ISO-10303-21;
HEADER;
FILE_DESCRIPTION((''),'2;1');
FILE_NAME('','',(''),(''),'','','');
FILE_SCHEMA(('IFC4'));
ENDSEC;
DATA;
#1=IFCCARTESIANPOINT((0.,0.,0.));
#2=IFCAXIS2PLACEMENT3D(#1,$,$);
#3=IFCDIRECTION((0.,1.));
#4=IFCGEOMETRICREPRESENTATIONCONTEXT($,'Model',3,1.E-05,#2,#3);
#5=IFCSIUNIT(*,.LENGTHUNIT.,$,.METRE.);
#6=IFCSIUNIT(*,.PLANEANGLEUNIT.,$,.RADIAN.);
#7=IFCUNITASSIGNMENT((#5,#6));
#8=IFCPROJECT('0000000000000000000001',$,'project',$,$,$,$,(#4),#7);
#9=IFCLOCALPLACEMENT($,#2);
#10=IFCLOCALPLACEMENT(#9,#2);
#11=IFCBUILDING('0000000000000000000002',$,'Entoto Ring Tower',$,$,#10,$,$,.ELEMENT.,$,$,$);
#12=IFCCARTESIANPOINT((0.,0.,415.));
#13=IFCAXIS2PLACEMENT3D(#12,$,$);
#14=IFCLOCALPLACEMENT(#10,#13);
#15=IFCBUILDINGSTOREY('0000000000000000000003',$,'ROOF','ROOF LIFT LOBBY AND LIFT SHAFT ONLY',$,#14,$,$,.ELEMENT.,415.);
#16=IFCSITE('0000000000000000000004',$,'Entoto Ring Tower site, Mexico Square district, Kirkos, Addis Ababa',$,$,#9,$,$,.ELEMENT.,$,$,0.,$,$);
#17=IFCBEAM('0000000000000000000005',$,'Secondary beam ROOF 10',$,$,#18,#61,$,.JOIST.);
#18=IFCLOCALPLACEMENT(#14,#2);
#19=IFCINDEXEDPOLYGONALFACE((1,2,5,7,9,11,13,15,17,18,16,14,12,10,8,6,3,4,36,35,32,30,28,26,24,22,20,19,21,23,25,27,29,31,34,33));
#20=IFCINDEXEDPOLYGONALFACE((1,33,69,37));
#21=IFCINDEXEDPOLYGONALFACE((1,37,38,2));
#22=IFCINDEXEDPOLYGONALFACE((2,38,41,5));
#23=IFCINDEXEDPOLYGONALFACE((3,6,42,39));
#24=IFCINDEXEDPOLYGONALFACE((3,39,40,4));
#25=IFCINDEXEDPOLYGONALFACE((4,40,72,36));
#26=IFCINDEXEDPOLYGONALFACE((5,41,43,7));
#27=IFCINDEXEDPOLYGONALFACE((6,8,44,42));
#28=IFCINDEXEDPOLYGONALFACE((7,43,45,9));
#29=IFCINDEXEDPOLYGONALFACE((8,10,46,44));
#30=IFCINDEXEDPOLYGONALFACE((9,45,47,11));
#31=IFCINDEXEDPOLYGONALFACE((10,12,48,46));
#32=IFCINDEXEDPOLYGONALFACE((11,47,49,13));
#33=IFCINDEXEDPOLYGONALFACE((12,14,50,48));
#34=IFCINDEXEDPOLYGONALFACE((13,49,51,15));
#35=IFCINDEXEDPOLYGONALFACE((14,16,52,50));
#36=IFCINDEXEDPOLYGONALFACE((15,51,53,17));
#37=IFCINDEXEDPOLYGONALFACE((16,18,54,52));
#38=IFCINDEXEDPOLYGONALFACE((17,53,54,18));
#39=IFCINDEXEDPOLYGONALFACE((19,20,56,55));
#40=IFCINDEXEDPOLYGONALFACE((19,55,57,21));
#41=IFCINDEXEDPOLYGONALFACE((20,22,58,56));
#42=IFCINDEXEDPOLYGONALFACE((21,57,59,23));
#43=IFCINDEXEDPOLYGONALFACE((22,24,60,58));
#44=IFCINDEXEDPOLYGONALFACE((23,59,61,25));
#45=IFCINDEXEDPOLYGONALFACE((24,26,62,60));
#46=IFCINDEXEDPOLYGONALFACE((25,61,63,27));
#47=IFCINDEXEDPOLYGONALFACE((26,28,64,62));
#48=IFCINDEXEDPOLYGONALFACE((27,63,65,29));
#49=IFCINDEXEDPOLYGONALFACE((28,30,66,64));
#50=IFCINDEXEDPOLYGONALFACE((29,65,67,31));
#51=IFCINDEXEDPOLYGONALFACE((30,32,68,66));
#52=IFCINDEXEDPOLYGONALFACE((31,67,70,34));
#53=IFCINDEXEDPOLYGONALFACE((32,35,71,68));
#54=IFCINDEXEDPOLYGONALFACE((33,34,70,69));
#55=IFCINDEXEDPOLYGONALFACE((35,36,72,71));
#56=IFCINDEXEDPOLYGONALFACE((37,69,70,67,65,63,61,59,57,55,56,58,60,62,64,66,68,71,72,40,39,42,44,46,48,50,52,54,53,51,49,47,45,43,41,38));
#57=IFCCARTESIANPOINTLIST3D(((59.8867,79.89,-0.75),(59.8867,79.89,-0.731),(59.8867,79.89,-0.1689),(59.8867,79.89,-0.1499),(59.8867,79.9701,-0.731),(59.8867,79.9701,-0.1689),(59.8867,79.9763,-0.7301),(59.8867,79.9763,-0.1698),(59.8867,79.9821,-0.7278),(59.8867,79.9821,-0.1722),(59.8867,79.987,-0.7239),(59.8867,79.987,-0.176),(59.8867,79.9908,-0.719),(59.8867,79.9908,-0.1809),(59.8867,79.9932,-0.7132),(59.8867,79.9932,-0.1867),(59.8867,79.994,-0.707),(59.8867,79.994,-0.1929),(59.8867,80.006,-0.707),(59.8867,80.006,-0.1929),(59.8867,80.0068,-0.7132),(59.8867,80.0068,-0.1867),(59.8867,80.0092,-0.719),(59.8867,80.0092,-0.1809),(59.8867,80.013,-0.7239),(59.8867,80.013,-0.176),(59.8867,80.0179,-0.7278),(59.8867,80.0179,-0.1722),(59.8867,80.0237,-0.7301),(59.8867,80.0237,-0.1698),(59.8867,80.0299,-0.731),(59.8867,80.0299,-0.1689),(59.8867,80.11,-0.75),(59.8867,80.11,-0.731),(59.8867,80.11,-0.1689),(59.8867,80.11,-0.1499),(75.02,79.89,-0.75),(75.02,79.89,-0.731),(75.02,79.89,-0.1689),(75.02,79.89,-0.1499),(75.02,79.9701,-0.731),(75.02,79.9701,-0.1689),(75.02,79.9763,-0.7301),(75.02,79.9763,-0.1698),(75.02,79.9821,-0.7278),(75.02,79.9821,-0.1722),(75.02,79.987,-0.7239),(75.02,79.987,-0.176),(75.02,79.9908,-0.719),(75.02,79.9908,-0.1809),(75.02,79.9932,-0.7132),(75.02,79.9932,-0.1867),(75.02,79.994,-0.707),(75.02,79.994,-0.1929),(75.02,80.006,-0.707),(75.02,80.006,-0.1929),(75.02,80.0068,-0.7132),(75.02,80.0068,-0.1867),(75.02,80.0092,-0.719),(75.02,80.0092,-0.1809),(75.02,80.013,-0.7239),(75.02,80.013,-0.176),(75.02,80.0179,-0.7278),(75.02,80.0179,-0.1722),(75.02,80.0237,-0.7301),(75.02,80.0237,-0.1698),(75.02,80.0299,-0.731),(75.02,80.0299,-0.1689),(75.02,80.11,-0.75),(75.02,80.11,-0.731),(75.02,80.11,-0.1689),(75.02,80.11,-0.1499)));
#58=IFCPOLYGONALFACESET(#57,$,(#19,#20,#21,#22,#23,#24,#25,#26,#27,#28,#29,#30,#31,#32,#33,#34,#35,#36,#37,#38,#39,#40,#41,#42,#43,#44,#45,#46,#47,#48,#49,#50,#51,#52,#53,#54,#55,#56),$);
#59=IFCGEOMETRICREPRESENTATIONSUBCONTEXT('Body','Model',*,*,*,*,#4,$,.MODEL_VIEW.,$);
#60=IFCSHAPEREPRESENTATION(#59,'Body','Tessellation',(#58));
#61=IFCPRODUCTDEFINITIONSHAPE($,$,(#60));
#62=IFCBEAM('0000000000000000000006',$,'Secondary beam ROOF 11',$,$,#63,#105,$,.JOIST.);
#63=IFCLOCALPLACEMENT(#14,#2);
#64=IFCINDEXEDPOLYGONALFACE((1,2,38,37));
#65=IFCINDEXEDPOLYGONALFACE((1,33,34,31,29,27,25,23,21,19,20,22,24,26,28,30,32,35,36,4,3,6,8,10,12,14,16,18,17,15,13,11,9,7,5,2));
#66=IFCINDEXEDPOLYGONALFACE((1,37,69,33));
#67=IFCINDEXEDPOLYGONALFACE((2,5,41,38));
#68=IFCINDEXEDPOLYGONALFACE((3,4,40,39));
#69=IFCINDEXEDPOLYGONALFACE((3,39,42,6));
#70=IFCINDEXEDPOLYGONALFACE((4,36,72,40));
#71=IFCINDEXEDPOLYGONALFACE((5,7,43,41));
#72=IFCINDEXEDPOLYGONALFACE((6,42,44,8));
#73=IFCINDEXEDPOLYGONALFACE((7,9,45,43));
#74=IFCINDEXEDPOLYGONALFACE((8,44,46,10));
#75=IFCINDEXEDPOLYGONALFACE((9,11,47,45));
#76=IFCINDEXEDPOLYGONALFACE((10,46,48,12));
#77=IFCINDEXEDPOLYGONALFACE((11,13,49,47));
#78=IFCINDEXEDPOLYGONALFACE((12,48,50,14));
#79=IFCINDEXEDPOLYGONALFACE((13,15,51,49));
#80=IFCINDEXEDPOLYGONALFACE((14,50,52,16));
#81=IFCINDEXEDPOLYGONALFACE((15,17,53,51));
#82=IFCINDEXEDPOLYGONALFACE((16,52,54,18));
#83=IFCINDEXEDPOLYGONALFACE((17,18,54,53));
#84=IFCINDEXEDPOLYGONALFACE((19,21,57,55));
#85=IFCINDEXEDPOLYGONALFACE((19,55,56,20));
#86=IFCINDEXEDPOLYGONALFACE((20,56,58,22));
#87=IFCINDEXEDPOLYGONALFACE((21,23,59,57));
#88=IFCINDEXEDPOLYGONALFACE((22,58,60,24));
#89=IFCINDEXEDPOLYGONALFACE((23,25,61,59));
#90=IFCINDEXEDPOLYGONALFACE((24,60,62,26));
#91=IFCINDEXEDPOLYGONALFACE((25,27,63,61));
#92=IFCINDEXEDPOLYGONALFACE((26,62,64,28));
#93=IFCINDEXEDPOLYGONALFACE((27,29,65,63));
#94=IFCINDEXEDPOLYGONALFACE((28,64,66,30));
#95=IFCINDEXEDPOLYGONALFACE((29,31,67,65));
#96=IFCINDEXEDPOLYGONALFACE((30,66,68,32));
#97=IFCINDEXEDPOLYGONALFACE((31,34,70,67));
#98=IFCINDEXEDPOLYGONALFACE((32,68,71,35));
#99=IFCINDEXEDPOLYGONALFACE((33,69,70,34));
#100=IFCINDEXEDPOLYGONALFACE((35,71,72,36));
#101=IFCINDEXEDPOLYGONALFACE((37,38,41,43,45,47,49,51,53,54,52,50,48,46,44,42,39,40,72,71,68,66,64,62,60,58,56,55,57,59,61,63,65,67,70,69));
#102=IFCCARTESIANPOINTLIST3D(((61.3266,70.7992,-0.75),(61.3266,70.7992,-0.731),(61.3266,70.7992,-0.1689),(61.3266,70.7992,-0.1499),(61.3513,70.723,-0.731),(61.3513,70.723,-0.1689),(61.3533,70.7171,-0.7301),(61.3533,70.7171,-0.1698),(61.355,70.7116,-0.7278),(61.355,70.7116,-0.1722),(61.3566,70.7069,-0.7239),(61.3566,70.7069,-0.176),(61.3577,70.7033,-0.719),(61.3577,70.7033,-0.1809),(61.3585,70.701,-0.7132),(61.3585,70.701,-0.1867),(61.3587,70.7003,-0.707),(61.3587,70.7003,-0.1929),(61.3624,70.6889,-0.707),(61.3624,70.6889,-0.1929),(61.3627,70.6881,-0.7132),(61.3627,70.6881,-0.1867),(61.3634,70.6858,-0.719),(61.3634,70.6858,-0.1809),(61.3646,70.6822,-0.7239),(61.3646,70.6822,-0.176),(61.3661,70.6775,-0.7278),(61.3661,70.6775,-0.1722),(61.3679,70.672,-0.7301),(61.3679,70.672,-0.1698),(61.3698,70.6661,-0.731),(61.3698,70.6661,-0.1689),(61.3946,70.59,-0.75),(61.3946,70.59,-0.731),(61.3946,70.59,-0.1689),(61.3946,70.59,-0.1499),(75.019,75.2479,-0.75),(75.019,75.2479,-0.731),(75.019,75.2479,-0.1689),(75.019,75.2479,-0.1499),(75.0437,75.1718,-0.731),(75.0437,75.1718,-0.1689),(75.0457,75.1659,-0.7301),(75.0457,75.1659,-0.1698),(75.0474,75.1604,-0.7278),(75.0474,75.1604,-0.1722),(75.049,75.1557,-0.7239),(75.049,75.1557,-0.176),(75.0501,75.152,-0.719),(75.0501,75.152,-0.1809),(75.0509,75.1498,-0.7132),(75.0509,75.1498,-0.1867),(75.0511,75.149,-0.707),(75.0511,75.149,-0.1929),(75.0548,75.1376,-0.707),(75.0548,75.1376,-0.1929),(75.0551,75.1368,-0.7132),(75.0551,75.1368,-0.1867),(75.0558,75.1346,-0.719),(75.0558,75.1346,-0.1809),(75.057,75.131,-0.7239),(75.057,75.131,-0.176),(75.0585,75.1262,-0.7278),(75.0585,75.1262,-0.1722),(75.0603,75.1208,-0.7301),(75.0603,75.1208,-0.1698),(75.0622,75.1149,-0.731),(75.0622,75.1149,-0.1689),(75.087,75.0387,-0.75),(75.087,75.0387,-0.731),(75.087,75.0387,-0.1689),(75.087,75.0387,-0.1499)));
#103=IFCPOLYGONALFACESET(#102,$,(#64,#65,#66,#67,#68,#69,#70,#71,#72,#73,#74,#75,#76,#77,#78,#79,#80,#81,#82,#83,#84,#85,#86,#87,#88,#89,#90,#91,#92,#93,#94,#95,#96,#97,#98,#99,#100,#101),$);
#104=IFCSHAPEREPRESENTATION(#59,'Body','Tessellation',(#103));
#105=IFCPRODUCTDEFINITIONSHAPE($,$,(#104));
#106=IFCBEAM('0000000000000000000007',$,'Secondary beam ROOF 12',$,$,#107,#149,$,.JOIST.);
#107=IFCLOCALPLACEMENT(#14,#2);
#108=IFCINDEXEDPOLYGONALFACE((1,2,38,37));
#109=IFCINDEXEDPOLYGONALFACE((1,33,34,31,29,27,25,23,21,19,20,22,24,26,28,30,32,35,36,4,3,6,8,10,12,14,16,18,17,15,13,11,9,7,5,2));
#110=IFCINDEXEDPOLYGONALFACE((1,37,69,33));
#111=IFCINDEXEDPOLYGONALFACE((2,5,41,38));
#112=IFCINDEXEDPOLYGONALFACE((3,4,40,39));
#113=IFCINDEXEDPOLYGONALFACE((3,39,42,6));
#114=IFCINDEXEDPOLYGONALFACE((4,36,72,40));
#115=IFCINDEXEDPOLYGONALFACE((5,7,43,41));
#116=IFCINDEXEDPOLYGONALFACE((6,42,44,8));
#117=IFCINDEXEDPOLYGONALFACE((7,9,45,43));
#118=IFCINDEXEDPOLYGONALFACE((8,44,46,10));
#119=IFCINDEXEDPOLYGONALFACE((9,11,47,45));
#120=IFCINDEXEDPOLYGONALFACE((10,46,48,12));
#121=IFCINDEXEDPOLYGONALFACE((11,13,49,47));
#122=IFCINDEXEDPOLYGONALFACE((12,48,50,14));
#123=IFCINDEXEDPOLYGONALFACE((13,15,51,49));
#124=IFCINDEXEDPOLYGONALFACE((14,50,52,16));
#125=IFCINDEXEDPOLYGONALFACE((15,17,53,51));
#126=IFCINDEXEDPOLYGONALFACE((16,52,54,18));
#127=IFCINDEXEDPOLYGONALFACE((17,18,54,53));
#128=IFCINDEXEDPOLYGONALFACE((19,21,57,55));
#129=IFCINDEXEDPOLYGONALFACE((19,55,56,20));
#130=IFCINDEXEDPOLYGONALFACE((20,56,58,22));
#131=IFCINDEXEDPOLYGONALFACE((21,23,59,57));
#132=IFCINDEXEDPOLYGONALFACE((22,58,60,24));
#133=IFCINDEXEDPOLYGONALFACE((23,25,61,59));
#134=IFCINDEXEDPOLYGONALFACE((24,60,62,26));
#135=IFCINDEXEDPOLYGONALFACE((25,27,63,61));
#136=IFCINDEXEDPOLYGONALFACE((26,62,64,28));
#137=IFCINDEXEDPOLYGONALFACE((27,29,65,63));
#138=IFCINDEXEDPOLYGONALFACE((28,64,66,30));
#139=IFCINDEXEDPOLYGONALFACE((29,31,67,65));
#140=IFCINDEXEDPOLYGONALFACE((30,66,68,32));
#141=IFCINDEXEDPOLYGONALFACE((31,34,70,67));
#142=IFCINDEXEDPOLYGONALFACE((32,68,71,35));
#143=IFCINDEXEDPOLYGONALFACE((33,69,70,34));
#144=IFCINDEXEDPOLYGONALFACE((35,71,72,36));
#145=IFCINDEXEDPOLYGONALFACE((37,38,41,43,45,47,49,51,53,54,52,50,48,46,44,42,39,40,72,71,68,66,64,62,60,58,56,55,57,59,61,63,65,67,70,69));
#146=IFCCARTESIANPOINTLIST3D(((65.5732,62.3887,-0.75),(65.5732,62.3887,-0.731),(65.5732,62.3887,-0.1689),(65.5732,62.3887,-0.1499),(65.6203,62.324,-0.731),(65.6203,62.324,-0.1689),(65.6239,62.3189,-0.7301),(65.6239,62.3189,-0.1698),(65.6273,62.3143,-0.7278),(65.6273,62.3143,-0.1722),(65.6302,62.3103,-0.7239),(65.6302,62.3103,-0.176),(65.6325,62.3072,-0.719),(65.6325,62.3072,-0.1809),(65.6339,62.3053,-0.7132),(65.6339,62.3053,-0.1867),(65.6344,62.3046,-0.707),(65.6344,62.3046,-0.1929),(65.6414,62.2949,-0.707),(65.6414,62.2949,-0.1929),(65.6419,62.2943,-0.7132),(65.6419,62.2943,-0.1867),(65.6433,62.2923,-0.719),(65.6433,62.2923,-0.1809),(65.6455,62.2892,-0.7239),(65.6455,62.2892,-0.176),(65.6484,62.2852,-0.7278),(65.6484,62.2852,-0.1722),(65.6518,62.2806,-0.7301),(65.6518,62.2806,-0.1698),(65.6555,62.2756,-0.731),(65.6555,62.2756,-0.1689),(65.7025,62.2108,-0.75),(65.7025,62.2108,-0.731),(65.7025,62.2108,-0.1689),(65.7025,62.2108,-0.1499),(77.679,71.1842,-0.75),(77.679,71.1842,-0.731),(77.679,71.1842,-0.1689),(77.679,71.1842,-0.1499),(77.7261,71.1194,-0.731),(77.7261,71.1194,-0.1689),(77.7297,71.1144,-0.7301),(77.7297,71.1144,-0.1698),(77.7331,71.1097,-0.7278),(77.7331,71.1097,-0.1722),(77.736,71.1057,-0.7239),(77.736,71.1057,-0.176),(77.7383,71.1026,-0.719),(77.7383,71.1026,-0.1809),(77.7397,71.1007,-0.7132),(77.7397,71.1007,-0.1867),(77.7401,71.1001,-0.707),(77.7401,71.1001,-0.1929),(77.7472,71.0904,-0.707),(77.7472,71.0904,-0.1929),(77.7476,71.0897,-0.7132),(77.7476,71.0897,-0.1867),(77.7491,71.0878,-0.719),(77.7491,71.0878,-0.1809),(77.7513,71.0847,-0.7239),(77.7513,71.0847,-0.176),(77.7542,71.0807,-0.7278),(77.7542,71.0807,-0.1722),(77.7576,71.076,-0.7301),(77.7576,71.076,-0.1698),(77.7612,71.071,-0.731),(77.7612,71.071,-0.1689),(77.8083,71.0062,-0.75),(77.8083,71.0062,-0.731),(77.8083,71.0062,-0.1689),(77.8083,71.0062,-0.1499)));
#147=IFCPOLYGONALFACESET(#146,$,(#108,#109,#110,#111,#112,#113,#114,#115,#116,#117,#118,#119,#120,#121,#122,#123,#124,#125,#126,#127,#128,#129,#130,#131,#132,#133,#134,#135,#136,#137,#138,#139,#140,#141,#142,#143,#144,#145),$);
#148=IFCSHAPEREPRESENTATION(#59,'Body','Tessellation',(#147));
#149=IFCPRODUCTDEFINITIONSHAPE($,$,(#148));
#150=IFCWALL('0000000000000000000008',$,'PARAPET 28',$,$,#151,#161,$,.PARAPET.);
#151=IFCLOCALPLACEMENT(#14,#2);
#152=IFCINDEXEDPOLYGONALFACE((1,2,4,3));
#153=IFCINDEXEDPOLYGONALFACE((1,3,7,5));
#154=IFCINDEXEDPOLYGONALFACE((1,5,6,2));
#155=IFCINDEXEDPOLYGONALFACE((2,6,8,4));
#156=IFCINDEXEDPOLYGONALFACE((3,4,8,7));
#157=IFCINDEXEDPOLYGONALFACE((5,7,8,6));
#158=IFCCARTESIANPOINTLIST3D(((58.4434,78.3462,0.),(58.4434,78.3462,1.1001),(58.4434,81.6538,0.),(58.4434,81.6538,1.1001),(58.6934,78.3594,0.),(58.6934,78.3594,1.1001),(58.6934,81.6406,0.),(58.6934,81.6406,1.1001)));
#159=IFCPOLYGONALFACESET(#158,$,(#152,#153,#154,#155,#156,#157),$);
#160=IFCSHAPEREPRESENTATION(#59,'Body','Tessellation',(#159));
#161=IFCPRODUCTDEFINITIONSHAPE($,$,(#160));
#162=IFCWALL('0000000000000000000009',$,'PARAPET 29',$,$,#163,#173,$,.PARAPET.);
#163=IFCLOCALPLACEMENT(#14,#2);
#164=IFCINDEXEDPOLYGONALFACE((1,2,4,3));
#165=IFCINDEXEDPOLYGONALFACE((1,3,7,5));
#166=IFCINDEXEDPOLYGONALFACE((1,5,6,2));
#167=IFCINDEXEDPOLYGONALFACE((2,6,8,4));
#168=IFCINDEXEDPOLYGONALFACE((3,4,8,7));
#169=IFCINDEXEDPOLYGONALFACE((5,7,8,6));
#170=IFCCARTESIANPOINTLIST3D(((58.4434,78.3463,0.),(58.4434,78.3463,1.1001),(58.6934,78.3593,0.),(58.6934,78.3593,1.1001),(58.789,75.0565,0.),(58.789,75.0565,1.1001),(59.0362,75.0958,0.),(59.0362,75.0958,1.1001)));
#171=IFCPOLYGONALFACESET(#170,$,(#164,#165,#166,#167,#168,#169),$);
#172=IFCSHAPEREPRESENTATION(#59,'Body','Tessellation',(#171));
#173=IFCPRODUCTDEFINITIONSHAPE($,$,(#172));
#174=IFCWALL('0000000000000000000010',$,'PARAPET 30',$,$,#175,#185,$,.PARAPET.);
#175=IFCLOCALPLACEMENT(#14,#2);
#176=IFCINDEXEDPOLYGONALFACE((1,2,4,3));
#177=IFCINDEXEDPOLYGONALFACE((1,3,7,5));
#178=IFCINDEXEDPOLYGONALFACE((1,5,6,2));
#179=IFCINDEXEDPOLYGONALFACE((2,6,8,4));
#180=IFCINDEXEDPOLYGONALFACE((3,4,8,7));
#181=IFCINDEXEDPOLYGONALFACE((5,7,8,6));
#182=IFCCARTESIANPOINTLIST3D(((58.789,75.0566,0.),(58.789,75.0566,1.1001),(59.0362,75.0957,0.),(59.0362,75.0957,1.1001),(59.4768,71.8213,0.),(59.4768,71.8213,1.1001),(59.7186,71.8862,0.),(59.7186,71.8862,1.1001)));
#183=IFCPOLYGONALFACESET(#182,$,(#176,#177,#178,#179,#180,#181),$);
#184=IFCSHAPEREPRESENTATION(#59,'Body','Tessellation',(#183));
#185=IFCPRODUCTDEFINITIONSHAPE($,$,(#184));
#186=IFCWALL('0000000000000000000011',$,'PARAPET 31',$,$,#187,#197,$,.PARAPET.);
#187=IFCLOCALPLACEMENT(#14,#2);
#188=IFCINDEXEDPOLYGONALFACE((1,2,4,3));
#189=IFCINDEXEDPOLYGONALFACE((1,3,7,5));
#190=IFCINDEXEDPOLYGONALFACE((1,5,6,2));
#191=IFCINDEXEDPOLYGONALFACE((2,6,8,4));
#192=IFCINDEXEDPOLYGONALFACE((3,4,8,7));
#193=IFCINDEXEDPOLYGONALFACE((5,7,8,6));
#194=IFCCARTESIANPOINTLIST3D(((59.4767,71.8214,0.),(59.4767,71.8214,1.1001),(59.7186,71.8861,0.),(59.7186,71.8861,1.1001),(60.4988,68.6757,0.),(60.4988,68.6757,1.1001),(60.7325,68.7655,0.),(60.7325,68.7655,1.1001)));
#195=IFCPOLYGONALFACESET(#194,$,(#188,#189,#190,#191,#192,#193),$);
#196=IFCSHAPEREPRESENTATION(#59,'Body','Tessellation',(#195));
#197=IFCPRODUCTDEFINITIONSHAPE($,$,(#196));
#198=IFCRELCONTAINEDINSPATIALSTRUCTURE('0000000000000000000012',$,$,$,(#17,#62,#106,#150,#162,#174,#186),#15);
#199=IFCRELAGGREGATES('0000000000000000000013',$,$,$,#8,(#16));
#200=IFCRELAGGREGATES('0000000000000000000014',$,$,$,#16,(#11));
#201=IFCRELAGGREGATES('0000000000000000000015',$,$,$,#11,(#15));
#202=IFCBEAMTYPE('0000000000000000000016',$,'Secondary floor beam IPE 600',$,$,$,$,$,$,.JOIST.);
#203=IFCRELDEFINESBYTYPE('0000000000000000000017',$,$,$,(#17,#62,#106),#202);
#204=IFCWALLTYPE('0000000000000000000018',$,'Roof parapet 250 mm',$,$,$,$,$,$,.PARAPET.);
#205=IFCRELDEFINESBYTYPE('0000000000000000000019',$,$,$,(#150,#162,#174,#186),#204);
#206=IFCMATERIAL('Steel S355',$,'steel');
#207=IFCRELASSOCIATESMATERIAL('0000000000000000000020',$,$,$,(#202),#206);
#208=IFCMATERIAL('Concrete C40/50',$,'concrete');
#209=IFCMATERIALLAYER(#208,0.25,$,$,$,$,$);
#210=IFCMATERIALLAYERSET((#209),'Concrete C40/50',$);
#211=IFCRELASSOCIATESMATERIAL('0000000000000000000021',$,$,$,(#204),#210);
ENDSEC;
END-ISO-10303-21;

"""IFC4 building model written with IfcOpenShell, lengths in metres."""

from ifc_helpers import new_model, si_unit, direction, frame, origin, origin_2d, place, context, subcontext, project, spatial, polyline, i_section, outline, extrude, material, layer, layer_set, material_profile, profile_set, type_object, element, save


model = new_model("IFC4")

# Units and contexts
model_context = context("Model", 3, precision=1e-05, world=origin(), true_north=direction((0.0, 1.0)))
body_context = subcontext(model_context, "Body", "Model", "MODEL_VIEW")
ifc_project = project(units=[si_unit("LENGTHUNIT", "METRE"), si_unit("PLANEANGLEUNIT", "RADIAN")], contexts=[model_context])

# Site, building, storey
site_placement = place(None, origin())
site = spatial("IfcSite", under=ifc_project, at=site_placement, Name="Entoto Ring Tower site, Mexico Square district, Kirkos, Addis Ababa", CompositionType="ELEMENT", RefElevation=0.0)
building_placement = place(site_placement, origin())
building = spatial("IfcBuilding", under=site, at=building_placement, Name="Entoto Ring Tower", CompositionType="ELEMENT")
storey_placement = place(building_placement, frame((0.0, 0.0, 415.0)))
storey = spatial("IfcBuildingStorey", under=building, at=storey_placement, Name="ROOF", Description="ROOF LIFT LOBBY AND LIFT SHAFT ONLY", CompositionType="ELEMENT", Elevation=415.0)

# Beams
ifc_material_1 = material(Name="Steel S355", Category="steel")
ifc_material_profile_1 = material_profile(ifc_material_1, i_section(OverallWidth=0.22, OverallDepth=0.6001, WebThickness=0.012, FlangeThickness=0.019, FilletRadius=0.0239, at=origin_2d()), Name="IPE 600")
ifc_profile_set_1 = profile_set([ifc_material_profile_1], Name="Steel S355")
beam_type_1 = type_object("IfcBeamType", Name="Secondary floor beam IPE 600", PredefinedType="JOIST", material=ifc_profile_set_1)
beam_1_placement = place(storey_placement, frame((75.02, 80.0, -0.45), z_axis=(-1.0, 0.0, 0.0), x_axis=(0.0, -1.0, 0.0)))
element("IfcBeam", 1, at=beam_1_placement, inside=storey, type_object=beam_type_1, Name="Secondary beam ROOF 10", PredefinedType="JOIST", context=body_context, shape_type="SweptSolid", body=[
    extrude(i_section(OverallWidth=0.22, OverallDepth=0.6001, WebThickness=0.012, FlangeThickness=0.019, FilletRadius=0.0239, at=origin_2d()), origin(), (0.0, 0.0, 1.0), 15.1333),
])
beam_2_placement = place(storey_placement, frame((75.053, 75.1433, -0.45), z_axis=(-0.95106, -0.309005, 0.0), x_axis=(0.309005, -0.95106, 0.0)))
element("IfcBeam", 2, at=beam_2_placement, inside=storey, type_object=beam_type_1, Name="Secondary beam ROOF 11", PredefinedType="JOIST", context=body_context, shape_type="SweptSolid", body=[
    extrude(i_section(OverallWidth=0.22, OverallDepth=0.6001, WebThickness=0.012, FlangeThickness=0.019, FilletRadius=0.0239, at=origin_2d()), origin(), (0.0, 0.0, 1.0), 14.397),
])
beam_3_placement = place(storey_placement, frame((77.7437, 71.0952, -0.45), z_axis=(-0.809014, -0.587789, 0.0), x_axis=(0.587789, -0.809014, 0.0)))
element("IfcBeam", 3, at=beam_3_placement, inside=storey, type_object=beam_type_1, Name="Secondary beam ROOF 12", PredefinedType="JOIST", context=body_context, shape_type="SweptSolid", body=[
    extrude(i_section(OverallWidth=0.22, OverallDepth=0.6001, WebThickness=0.012, FlangeThickness=0.019, FilletRadius=0.0239, at=origin_2d()), origin(), (0.0, 0.0, 1.0), 14.9636),
])

# Walls
ifc_material_2 = material(Name="Concrete C40/50", Category="concrete")
ifc_layer = layer(ifc_material_2, 0.25)
ifc_layer_set = layer_set([ifc_layer], Name="Concrete C40/50")
wall_type = type_object("IfcWallType", Name="Roof parapet 250 mm", PredefinedType="PARAPET", material=ifc_layer_set)
wall_1_placement = place(storey_placement, frame((58.5684, 81.6472, 0.0), z_axis=(0.0, 0.0, 1.0), x_axis=(0.0, -1.0, 0.0)))
element("IfcWall", 4, at=wall_1_placement, inside=storey, type_object=wall_type, Name="PARAPET 28", PredefinedType="PARAPET", context=body_context, shape_type="SweptSolid", body=[
    extrude(outline(polyline([(-0.0066, -0.125), (3.301, -0.125), (3.2878, 0.125), (0.0066, 0.125), (-0.0066, -0.125)])), origin(), (0.0, 0.0, 1.0), 1.1001),
])
wall_2_placement = place(storey_placement, frame((58.5684, 78.3528, 0.0), z_axis=(0.0, 0.0, 1.0), x_axis=(0.104484, -0.994527, 0.0)))
element("IfcWall", 5, at=wall_2_placement, inside=storey, type_object=wall_type, Name="PARAPET 29", PredefinedType="PARAPET", context=body_context, shape_type="SweptSolid", body=[
    extrude(outline(polyline([(-0.0066, -0.125), (3.3013, -0.125), (3.2881, 0.125), (0.0066, 0.125), (-0.0066, -0.125)])), origin(), (0.0, 0.0, 1.0), 1.1001),
])
for number, where, z_axis, x_axis, name in (
    (6, (58.9126, 75.0762, 0.0), (0.0, 0.0, 1.0), (0.207945, -0.978141, 0.0), "PARAPET 30"),
    (7, (59.5977, 71.8538, 0.0), (0.0, 0.0, 1.0), (0.309016, -0.951057, 0.0), "PARAPET 31"),
):
    element("IfcWall", number, at=place(storey_placement, frame(where, z_axis=z_axis, x_axis=x_axis)), inside=storey, type_object=wall_type, Name=name, PredefinedType="PARAPET", context=body_context, shape_type="SweptSolid", body=[
        extrude(outline(polyline([(-0.0066, -0.125), (3.301, -0.125), (3.2878, 0.125), (0.0066, 0.125), (-0.0066, -0.125)])), origin(), (0.0, 0.0, 1.0), 1.1001),
    ])

save(model, "model.ifc")
